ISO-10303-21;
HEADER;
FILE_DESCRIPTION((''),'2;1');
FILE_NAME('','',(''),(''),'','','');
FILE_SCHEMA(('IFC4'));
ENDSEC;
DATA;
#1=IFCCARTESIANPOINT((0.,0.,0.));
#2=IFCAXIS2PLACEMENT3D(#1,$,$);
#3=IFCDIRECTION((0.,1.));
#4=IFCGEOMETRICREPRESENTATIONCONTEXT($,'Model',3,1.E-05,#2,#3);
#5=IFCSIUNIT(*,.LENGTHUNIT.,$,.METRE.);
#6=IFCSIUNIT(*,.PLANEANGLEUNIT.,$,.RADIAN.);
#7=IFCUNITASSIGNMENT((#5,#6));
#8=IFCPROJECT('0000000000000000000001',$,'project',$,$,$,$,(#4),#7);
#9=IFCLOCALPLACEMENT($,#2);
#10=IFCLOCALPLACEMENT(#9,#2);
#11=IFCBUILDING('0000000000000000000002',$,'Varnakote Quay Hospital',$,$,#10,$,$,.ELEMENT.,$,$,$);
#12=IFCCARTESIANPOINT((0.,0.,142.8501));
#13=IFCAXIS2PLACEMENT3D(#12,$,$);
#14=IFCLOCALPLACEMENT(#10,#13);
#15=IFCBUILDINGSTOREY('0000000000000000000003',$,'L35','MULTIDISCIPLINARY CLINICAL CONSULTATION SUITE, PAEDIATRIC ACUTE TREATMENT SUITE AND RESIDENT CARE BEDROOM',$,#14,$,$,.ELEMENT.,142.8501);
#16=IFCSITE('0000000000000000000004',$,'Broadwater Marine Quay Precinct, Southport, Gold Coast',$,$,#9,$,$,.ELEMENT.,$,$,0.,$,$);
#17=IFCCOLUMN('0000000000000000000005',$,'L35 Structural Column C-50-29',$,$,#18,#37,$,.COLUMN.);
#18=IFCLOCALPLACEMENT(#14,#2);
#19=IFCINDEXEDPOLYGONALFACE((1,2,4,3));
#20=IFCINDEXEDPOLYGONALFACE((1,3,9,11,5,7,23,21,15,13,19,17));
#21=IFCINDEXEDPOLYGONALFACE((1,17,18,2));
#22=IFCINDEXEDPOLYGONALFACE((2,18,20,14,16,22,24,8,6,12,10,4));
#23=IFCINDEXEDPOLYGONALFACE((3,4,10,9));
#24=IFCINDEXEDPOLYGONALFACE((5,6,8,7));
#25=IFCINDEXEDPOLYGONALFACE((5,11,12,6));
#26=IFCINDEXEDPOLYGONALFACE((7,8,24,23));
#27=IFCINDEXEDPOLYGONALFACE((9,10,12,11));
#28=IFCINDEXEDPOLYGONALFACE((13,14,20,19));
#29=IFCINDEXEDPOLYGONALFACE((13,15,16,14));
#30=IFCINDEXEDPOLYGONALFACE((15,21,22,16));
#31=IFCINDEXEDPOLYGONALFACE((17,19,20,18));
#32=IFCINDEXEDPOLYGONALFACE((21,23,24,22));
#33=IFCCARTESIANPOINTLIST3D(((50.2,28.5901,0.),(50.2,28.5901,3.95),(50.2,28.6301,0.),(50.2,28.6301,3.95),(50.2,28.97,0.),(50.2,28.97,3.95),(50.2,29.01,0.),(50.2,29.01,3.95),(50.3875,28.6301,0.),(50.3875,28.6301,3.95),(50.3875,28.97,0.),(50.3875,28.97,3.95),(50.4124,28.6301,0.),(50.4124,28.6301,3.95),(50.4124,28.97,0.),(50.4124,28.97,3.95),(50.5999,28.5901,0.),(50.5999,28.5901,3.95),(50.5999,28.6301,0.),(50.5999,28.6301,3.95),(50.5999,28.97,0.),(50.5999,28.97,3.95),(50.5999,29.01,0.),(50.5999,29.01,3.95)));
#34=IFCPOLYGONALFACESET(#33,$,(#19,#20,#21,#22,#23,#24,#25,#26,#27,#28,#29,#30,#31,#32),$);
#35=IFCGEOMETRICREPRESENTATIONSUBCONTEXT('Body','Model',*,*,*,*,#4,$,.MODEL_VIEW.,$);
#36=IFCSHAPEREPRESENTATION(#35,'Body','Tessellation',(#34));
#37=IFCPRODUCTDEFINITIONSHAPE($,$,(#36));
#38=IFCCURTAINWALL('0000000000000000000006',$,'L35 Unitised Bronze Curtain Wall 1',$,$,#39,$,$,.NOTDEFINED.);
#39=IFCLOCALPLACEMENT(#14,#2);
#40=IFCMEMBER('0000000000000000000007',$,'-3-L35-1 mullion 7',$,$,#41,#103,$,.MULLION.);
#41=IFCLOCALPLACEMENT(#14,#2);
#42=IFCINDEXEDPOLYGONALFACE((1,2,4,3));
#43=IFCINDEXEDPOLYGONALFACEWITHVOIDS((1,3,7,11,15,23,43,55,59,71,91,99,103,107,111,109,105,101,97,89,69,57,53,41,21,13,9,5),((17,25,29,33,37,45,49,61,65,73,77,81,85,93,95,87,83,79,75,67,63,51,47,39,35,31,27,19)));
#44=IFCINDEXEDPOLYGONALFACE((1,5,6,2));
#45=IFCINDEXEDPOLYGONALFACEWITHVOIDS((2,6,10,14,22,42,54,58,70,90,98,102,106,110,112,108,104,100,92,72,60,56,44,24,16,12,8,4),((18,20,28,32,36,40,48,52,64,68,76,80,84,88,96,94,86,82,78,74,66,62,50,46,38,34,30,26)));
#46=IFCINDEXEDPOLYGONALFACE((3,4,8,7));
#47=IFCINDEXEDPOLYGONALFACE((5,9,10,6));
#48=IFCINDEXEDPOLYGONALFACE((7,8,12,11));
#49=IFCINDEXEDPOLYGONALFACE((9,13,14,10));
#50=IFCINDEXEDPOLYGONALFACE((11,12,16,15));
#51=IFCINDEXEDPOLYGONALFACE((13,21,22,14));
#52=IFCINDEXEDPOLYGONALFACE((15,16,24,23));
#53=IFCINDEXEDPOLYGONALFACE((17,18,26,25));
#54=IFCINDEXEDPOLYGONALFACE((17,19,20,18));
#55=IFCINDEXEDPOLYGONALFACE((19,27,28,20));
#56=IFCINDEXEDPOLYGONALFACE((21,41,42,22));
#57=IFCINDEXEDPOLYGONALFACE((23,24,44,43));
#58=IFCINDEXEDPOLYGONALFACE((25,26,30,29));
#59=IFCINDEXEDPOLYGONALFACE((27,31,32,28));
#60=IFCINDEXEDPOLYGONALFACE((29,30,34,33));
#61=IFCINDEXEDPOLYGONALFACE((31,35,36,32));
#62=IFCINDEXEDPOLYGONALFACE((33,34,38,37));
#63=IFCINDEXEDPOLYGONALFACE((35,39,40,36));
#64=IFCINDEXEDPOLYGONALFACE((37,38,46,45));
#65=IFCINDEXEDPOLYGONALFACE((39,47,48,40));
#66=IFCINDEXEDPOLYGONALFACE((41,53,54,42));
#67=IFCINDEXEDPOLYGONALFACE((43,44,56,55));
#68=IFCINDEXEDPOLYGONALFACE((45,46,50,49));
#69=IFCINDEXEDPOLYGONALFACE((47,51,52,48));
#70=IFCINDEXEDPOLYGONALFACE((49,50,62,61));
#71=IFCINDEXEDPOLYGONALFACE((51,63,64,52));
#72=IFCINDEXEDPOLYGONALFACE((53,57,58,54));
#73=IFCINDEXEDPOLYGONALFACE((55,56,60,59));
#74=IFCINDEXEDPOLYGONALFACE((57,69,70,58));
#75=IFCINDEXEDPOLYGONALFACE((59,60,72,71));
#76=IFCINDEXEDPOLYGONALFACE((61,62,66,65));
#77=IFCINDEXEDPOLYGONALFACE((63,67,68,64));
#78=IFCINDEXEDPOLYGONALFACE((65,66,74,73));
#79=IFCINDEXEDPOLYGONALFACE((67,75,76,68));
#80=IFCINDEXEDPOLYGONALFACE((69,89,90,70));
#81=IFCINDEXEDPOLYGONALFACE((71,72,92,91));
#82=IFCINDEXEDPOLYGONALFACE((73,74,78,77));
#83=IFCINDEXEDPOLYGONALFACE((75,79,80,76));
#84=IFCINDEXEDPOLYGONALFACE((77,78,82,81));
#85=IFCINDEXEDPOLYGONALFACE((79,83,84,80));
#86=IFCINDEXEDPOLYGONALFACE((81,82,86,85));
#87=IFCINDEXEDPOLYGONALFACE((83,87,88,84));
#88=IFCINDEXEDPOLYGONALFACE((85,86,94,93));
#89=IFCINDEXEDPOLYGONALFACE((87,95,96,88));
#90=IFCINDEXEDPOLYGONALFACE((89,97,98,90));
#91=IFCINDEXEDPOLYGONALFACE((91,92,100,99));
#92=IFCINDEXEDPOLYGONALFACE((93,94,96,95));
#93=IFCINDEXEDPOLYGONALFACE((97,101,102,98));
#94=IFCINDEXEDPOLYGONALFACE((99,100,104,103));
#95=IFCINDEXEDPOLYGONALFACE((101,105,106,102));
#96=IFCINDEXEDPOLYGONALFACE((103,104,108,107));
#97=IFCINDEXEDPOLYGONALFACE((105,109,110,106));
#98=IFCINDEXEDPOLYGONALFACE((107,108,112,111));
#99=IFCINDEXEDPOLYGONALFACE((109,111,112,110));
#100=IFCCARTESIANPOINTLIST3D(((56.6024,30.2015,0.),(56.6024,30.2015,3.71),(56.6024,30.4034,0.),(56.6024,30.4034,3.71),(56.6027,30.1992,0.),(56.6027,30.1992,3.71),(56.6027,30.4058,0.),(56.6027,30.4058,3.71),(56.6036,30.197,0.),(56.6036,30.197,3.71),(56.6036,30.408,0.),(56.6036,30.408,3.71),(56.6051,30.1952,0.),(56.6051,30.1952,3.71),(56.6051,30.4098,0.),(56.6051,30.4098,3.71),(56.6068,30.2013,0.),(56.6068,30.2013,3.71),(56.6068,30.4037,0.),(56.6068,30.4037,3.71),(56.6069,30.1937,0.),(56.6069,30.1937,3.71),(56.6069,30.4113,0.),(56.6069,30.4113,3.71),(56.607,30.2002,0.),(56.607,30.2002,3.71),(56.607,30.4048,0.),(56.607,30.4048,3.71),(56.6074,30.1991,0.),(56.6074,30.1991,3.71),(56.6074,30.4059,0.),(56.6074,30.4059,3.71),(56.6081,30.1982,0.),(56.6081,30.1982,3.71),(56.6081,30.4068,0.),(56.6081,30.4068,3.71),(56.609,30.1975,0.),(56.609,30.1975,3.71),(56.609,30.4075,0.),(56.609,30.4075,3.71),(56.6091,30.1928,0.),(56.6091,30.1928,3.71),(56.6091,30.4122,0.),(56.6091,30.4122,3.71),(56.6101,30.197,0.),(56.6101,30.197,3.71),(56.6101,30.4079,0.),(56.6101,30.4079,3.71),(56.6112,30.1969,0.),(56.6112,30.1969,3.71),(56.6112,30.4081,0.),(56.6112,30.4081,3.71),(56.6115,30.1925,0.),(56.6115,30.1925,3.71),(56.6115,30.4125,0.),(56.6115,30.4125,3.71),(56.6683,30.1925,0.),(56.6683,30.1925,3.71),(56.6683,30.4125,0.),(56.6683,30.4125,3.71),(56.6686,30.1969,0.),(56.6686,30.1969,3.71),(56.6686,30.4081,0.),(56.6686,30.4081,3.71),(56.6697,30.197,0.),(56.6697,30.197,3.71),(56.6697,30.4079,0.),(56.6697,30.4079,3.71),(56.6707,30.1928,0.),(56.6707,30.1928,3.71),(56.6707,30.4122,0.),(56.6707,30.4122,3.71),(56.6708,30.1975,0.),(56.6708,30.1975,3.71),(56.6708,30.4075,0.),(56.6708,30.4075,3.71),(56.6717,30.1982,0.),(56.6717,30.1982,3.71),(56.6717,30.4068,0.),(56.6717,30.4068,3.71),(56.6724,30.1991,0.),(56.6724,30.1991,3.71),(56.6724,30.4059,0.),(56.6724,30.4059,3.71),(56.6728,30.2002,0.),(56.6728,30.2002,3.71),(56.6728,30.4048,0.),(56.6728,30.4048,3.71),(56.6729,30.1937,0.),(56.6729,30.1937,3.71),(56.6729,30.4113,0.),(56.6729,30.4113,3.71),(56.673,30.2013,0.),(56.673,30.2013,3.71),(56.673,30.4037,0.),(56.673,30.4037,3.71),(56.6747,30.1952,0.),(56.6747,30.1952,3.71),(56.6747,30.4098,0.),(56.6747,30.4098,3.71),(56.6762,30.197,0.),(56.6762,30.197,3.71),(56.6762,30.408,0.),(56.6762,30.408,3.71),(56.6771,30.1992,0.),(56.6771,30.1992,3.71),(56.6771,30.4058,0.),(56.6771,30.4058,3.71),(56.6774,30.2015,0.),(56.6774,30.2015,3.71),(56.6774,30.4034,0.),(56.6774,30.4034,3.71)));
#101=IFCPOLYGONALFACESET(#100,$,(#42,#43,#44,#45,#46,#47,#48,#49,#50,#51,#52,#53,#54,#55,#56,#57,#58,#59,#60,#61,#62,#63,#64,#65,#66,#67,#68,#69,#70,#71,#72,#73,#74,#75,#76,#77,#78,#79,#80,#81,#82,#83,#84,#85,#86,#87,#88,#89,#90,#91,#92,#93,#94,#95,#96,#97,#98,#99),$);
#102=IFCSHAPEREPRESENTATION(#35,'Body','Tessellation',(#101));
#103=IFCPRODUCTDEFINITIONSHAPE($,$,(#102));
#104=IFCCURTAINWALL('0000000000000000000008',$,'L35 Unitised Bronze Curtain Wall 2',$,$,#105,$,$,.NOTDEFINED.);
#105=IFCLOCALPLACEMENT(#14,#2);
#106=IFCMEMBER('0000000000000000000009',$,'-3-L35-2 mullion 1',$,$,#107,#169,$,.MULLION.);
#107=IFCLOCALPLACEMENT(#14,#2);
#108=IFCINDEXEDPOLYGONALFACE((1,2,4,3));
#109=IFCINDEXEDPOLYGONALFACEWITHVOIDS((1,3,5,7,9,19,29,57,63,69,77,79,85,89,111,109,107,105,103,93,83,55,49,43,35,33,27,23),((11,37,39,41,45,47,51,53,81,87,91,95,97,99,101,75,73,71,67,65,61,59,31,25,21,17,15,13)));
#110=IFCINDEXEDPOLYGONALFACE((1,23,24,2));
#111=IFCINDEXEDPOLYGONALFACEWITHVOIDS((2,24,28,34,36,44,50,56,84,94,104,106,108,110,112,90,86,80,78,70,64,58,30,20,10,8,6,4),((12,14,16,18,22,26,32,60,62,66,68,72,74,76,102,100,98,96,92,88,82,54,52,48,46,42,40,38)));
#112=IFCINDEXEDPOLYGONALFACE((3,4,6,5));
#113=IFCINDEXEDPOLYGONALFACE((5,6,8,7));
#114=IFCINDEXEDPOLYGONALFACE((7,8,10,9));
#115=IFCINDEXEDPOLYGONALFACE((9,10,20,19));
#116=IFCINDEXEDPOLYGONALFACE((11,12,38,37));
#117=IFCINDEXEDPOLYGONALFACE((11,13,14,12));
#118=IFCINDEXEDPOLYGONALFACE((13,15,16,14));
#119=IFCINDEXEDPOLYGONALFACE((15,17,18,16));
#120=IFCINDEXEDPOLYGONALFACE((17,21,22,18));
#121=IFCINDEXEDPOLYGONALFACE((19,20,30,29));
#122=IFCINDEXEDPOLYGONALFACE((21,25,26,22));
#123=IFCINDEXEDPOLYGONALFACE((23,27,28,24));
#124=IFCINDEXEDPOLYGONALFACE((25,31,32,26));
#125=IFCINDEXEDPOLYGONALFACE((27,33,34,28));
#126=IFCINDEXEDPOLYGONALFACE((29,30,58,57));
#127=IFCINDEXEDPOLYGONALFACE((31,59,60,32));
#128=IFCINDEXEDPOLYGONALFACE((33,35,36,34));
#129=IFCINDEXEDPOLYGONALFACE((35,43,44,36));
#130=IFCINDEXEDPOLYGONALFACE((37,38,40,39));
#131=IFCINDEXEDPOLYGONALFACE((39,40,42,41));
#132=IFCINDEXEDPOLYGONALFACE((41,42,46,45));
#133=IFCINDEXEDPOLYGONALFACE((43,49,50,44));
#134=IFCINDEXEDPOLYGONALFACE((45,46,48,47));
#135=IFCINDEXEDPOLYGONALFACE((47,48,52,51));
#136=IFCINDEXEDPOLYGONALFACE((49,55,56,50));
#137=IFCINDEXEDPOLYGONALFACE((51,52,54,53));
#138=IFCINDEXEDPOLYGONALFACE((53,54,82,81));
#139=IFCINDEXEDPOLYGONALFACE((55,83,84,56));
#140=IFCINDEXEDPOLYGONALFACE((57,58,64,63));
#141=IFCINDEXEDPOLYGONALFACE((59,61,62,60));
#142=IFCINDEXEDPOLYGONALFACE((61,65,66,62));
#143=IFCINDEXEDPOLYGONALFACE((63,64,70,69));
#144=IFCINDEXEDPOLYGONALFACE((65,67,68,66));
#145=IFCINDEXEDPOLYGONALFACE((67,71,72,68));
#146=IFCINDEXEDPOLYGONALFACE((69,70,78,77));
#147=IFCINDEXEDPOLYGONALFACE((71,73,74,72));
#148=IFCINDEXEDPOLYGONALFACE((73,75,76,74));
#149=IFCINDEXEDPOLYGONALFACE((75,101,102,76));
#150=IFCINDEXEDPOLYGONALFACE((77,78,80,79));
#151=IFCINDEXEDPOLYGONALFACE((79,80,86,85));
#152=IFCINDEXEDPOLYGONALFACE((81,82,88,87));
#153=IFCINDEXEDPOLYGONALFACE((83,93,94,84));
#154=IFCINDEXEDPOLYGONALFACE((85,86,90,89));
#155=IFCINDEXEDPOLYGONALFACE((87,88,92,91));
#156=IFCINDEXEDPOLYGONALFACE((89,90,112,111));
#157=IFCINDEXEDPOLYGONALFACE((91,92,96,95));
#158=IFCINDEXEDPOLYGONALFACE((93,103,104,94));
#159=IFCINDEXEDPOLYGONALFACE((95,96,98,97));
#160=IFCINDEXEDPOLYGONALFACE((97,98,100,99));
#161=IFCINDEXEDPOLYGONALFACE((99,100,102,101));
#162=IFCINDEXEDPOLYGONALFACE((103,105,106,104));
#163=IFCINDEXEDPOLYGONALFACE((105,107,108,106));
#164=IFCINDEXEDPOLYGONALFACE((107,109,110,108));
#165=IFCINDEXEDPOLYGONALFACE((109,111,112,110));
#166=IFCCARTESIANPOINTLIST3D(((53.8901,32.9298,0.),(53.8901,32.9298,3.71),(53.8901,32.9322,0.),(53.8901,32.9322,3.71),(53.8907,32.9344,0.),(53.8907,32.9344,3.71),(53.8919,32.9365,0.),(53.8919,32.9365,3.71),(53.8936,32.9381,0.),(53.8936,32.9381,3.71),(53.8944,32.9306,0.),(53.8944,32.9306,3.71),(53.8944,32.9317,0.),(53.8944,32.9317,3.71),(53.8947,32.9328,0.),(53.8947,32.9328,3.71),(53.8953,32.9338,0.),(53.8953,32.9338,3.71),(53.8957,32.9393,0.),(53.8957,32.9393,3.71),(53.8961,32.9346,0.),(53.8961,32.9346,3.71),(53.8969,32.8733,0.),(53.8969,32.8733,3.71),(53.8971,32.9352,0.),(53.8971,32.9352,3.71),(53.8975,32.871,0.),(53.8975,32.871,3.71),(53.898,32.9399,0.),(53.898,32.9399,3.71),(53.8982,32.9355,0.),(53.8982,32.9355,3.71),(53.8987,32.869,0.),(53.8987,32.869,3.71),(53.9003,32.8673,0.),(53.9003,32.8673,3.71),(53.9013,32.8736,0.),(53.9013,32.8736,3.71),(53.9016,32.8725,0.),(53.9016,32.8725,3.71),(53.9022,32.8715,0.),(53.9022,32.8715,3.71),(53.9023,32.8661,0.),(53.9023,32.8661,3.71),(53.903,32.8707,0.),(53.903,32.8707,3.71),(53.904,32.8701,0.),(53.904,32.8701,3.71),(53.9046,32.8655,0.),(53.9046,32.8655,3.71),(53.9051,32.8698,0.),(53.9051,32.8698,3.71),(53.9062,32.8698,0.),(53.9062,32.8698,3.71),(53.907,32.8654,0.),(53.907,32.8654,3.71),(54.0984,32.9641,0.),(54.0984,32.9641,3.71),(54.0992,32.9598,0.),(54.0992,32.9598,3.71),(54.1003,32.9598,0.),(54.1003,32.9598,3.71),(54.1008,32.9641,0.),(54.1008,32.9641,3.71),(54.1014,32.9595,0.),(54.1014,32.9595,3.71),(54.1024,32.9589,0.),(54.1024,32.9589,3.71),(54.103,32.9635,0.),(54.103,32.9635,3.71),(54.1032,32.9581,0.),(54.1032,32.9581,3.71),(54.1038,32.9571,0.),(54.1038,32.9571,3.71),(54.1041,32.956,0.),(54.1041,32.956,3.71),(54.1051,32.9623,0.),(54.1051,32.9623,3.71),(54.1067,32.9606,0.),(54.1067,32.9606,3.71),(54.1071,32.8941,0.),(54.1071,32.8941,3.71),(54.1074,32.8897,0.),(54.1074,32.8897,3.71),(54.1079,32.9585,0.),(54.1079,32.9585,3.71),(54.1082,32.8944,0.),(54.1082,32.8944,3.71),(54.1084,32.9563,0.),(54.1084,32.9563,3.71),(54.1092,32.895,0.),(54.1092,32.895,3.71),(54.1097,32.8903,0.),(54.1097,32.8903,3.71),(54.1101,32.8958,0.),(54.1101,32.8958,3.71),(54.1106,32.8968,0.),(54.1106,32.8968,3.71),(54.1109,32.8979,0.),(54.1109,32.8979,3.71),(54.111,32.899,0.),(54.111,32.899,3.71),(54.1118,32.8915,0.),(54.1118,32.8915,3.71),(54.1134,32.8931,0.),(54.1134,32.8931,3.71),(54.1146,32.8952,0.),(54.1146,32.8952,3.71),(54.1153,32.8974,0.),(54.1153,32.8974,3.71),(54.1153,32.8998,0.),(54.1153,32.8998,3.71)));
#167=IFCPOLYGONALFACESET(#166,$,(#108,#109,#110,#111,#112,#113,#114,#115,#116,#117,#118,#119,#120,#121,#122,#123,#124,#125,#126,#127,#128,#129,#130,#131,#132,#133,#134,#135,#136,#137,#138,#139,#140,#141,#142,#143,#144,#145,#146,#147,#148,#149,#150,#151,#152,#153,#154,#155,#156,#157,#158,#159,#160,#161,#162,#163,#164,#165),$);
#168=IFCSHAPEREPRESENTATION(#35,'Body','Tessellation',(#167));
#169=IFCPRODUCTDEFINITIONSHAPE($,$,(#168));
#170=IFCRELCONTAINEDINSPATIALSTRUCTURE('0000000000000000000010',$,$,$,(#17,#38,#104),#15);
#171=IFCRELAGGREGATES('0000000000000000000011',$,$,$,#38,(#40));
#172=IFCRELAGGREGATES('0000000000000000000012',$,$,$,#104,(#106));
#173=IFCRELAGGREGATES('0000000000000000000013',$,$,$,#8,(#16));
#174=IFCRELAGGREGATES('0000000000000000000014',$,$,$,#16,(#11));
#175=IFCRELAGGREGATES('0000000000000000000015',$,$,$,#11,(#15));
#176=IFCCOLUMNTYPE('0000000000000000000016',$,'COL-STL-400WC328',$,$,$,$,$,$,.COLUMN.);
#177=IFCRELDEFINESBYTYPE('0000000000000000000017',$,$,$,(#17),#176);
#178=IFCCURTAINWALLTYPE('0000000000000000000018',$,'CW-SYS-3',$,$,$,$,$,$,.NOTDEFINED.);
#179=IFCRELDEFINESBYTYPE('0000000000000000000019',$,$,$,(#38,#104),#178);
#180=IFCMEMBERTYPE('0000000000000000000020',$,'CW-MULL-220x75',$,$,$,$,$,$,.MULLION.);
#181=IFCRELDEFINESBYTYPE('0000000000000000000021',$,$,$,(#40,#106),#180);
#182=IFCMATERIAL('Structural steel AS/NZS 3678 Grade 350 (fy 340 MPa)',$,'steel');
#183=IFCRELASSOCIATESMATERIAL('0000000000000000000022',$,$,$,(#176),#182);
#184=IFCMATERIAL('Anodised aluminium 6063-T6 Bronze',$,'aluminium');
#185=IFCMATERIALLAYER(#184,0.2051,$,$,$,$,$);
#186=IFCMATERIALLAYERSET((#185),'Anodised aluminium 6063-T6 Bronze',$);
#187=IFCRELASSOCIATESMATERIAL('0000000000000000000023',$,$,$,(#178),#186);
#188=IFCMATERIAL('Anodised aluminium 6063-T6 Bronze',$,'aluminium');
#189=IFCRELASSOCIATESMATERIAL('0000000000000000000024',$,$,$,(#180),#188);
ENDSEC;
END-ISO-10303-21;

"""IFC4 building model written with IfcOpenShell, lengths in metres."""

from ifc_helpers import new_model, si_unit, direction, frame, origin, origin_2d, place, context, subcontext, project, spatial, hollow_rectangle, i_section, extrude, material, layer, layer_set, material_profile, profile_set, type_object, element, aggregate, save


model = new_model("IFC4")

# Units and contexts
model_context = context("Model", 3, precision=1e-05, world=origin(), true_north=direction((0.0, 1.0)))
body_context = subcontext(model_context, "Body", "Model", "MODEL_VIEW")
ifc_project = project(units=[si_unit("LENGTHUNIT", "METRE"), si_unit("PLANEANGLEUNIT", "RADIAN")], contexts=[model_context])

# Site, building, storey
site_placement = place(None, origin())
site = spatial("IfcSite", under=ifc_project, at=site_placement, Name="Broadwater Marine Quay Precinct, Southport, Gold Coast", CompositionType="ELEMENT", RefElevation=0.0)
building_placement = place(site_placement, origin())
building = spatial("IfcBuilding", under=site, at=building_placement, Name="Varnakote Quay Hospital", CompositionType="ELEMENT")
storey_placement = place(building_placement, frame((0.0, 0.0, 142.8501)))
storey = spatial("IfcBuildingStorey", under=building, at=storey_placement, Name="L35", Description="MULTIDISCIPLINARY CLINICAL CONSULTATION SUITE, PAEDIATRIC ACUTE TREATMENT SUITE AND RESIDENT CARE BEDROOM", CompositionType="ELEMENT", Elevation=142.8501)

# Column
ifc_material_1 = material(Name="Structural steel AS/NZS 3678 Grade 350 (fy 340 MPa)", Category="steel")
ifc_material_profile_1 = material_profile(ifc_material_1, i_section(OverallWidth=0.3999, OverallDepth=0.4199, WebThickness=0.0249, FlangeThickness=0.04, at=origin_2d()), Name="400WC328")
ifc_profile_set_1 = profile_set([ifc_material_profile_1], Name="Structural steel AS/NZS 3678 Grade 350 (fy 340 MPa)")
column_type = type_object("IfcColumnType", Name="COL-STL-400WC328", PredefinedType="COLUMN", material=ifc_profile_set_1)
column_placement = place(storey_placement, frame((50.3999, 28.8, 0.0), z_axis=(0.0, 0.0, 1.0), x_axis=(1.0, 0.0, 0.0)))
element("IfcColumn", 1, at=column_placement, inside=storey, type_object=column_type, Name="L35 Structural Column C-50-29", PredefinedType="COLUMN", context=body_context, shape_type="SweptSolid", body=[
    extrude(i_section(OverallWidth=0.3999, OverallDepth=0.4199, WebThickness=0.0249, FlangeThickness=0.04, at=origin_2d()), origin(), (0.0, 0.0, 1.0), 3.95),
])

# Curtain wall, member
ifc_material_2 = material(Name="Anodised aluminium 6063-T6 Bronze", Category="aluminium")
ifc_layer_1 = layer(ifc_material_2, 0.2051)
ifc_layer_set_1 = layer_set([ifc_layer_1], Name="Anodised aluminium 6063-T6 Bronze")
curtain_wall_type = type_object("IfcCurtainWallType", Name="CW-SYS-3", PredefinedType="NOTDEFINED", material=ifc_layer_set_1)
curtain_wall_1_placement = place(storey_placement, origin())
curtain_wall_1 = element("IfcCurtainWall", 2, at=curtain_wall_1_placement, inside=storey, type_object=curtain_wall_type, Name="L35 Unitised Bronze Curtain Wall 1", PredefinedType="NOTDEFINED")
ifc_material_3 = material(Name="Anodised aluminium 6063-T6 Bronze", Category="aluminium")
ifc_material_profile_2 = material_profile(ifc_material_3, hollow_rectangle(XDim=0.075, YDim=0.22, WallThickness=0.0044, InnerFilletRadius=0.0044, OuterFilletRadius=0.009, at=origin_2d()), Name="CW-MULL-220x75")
ifc_profile_set_2 = profile_set([ifc_material_profile_2], Name="Anodised aluminium 6063-T6 Bronze")
member_type_1 = type_object("IfcMemberType", Name="CW-MULL-220x75", PredefinedType="MULLION", material=ifc_profile_set_2)
member_1_placement = place(storey_placement, frame((56.6399, 30.3025, 0.0), z_axis=(0.0, 0.0, 1.0), x_axis=(-1.0, 0.0, 0.0)))
member_1 = element("IfcMember", 3, at=member_1_placement, type_object=member_type_1, Name="-3-L35-1 mullion 7", PredefinedType="MULLION", context=body_context, shape_type="SweptSolid", body=[
    extrude(hollow_rectangle(XDim=0.075, YDim=0.22, WallThickness=0.0044, InnerFilletRadius=0.0044, OuterFilletRadius=0.009, at=origin_2d()), origin(), (0.0, 0.0, 1.0), 3.71),
])

# Curtain wall, member
curtain_wall_2_placement = place(storey_placement, origin())
curtain_wall_2 = element("IfcCurtainWall", 4, at=curtain_wall_2_placement, inside=storey, type_object=curtain_wall_type, Name="L35 Unitised Bronze Curtain Wall 2", PredefinedType="NOTDEFINED")
member_2_placement = place(storey_placement, frame((54.0027, 32.9148, 0.0), z_axis=(0.0, 0.0, 1.0), x_axis=(0.120327, -0.992734, 0.0)))
member_2 = element("IfcMember", 5, at=member_2_placement, type_object=member_type_1, Name="-3-L35-2 mullion 1", PredefinedType="MULLION", context=body_context, shape_type="SweptSolid", body=[
    extrude(hollow_rectangle(XDim=0.075, YDim=0.22, WallThickness=0.0044, InnerFilletRadius=0.0044, OuterFilletRadius=0.009, at=origin_2d()), origin(), (0.0, 0.0, 1.0), 3.71),
])

aggregate(curtain_wall_1, [member_1])
aggregate(curtain_wall_2, [member_2])

save(model, "model.ifc")
